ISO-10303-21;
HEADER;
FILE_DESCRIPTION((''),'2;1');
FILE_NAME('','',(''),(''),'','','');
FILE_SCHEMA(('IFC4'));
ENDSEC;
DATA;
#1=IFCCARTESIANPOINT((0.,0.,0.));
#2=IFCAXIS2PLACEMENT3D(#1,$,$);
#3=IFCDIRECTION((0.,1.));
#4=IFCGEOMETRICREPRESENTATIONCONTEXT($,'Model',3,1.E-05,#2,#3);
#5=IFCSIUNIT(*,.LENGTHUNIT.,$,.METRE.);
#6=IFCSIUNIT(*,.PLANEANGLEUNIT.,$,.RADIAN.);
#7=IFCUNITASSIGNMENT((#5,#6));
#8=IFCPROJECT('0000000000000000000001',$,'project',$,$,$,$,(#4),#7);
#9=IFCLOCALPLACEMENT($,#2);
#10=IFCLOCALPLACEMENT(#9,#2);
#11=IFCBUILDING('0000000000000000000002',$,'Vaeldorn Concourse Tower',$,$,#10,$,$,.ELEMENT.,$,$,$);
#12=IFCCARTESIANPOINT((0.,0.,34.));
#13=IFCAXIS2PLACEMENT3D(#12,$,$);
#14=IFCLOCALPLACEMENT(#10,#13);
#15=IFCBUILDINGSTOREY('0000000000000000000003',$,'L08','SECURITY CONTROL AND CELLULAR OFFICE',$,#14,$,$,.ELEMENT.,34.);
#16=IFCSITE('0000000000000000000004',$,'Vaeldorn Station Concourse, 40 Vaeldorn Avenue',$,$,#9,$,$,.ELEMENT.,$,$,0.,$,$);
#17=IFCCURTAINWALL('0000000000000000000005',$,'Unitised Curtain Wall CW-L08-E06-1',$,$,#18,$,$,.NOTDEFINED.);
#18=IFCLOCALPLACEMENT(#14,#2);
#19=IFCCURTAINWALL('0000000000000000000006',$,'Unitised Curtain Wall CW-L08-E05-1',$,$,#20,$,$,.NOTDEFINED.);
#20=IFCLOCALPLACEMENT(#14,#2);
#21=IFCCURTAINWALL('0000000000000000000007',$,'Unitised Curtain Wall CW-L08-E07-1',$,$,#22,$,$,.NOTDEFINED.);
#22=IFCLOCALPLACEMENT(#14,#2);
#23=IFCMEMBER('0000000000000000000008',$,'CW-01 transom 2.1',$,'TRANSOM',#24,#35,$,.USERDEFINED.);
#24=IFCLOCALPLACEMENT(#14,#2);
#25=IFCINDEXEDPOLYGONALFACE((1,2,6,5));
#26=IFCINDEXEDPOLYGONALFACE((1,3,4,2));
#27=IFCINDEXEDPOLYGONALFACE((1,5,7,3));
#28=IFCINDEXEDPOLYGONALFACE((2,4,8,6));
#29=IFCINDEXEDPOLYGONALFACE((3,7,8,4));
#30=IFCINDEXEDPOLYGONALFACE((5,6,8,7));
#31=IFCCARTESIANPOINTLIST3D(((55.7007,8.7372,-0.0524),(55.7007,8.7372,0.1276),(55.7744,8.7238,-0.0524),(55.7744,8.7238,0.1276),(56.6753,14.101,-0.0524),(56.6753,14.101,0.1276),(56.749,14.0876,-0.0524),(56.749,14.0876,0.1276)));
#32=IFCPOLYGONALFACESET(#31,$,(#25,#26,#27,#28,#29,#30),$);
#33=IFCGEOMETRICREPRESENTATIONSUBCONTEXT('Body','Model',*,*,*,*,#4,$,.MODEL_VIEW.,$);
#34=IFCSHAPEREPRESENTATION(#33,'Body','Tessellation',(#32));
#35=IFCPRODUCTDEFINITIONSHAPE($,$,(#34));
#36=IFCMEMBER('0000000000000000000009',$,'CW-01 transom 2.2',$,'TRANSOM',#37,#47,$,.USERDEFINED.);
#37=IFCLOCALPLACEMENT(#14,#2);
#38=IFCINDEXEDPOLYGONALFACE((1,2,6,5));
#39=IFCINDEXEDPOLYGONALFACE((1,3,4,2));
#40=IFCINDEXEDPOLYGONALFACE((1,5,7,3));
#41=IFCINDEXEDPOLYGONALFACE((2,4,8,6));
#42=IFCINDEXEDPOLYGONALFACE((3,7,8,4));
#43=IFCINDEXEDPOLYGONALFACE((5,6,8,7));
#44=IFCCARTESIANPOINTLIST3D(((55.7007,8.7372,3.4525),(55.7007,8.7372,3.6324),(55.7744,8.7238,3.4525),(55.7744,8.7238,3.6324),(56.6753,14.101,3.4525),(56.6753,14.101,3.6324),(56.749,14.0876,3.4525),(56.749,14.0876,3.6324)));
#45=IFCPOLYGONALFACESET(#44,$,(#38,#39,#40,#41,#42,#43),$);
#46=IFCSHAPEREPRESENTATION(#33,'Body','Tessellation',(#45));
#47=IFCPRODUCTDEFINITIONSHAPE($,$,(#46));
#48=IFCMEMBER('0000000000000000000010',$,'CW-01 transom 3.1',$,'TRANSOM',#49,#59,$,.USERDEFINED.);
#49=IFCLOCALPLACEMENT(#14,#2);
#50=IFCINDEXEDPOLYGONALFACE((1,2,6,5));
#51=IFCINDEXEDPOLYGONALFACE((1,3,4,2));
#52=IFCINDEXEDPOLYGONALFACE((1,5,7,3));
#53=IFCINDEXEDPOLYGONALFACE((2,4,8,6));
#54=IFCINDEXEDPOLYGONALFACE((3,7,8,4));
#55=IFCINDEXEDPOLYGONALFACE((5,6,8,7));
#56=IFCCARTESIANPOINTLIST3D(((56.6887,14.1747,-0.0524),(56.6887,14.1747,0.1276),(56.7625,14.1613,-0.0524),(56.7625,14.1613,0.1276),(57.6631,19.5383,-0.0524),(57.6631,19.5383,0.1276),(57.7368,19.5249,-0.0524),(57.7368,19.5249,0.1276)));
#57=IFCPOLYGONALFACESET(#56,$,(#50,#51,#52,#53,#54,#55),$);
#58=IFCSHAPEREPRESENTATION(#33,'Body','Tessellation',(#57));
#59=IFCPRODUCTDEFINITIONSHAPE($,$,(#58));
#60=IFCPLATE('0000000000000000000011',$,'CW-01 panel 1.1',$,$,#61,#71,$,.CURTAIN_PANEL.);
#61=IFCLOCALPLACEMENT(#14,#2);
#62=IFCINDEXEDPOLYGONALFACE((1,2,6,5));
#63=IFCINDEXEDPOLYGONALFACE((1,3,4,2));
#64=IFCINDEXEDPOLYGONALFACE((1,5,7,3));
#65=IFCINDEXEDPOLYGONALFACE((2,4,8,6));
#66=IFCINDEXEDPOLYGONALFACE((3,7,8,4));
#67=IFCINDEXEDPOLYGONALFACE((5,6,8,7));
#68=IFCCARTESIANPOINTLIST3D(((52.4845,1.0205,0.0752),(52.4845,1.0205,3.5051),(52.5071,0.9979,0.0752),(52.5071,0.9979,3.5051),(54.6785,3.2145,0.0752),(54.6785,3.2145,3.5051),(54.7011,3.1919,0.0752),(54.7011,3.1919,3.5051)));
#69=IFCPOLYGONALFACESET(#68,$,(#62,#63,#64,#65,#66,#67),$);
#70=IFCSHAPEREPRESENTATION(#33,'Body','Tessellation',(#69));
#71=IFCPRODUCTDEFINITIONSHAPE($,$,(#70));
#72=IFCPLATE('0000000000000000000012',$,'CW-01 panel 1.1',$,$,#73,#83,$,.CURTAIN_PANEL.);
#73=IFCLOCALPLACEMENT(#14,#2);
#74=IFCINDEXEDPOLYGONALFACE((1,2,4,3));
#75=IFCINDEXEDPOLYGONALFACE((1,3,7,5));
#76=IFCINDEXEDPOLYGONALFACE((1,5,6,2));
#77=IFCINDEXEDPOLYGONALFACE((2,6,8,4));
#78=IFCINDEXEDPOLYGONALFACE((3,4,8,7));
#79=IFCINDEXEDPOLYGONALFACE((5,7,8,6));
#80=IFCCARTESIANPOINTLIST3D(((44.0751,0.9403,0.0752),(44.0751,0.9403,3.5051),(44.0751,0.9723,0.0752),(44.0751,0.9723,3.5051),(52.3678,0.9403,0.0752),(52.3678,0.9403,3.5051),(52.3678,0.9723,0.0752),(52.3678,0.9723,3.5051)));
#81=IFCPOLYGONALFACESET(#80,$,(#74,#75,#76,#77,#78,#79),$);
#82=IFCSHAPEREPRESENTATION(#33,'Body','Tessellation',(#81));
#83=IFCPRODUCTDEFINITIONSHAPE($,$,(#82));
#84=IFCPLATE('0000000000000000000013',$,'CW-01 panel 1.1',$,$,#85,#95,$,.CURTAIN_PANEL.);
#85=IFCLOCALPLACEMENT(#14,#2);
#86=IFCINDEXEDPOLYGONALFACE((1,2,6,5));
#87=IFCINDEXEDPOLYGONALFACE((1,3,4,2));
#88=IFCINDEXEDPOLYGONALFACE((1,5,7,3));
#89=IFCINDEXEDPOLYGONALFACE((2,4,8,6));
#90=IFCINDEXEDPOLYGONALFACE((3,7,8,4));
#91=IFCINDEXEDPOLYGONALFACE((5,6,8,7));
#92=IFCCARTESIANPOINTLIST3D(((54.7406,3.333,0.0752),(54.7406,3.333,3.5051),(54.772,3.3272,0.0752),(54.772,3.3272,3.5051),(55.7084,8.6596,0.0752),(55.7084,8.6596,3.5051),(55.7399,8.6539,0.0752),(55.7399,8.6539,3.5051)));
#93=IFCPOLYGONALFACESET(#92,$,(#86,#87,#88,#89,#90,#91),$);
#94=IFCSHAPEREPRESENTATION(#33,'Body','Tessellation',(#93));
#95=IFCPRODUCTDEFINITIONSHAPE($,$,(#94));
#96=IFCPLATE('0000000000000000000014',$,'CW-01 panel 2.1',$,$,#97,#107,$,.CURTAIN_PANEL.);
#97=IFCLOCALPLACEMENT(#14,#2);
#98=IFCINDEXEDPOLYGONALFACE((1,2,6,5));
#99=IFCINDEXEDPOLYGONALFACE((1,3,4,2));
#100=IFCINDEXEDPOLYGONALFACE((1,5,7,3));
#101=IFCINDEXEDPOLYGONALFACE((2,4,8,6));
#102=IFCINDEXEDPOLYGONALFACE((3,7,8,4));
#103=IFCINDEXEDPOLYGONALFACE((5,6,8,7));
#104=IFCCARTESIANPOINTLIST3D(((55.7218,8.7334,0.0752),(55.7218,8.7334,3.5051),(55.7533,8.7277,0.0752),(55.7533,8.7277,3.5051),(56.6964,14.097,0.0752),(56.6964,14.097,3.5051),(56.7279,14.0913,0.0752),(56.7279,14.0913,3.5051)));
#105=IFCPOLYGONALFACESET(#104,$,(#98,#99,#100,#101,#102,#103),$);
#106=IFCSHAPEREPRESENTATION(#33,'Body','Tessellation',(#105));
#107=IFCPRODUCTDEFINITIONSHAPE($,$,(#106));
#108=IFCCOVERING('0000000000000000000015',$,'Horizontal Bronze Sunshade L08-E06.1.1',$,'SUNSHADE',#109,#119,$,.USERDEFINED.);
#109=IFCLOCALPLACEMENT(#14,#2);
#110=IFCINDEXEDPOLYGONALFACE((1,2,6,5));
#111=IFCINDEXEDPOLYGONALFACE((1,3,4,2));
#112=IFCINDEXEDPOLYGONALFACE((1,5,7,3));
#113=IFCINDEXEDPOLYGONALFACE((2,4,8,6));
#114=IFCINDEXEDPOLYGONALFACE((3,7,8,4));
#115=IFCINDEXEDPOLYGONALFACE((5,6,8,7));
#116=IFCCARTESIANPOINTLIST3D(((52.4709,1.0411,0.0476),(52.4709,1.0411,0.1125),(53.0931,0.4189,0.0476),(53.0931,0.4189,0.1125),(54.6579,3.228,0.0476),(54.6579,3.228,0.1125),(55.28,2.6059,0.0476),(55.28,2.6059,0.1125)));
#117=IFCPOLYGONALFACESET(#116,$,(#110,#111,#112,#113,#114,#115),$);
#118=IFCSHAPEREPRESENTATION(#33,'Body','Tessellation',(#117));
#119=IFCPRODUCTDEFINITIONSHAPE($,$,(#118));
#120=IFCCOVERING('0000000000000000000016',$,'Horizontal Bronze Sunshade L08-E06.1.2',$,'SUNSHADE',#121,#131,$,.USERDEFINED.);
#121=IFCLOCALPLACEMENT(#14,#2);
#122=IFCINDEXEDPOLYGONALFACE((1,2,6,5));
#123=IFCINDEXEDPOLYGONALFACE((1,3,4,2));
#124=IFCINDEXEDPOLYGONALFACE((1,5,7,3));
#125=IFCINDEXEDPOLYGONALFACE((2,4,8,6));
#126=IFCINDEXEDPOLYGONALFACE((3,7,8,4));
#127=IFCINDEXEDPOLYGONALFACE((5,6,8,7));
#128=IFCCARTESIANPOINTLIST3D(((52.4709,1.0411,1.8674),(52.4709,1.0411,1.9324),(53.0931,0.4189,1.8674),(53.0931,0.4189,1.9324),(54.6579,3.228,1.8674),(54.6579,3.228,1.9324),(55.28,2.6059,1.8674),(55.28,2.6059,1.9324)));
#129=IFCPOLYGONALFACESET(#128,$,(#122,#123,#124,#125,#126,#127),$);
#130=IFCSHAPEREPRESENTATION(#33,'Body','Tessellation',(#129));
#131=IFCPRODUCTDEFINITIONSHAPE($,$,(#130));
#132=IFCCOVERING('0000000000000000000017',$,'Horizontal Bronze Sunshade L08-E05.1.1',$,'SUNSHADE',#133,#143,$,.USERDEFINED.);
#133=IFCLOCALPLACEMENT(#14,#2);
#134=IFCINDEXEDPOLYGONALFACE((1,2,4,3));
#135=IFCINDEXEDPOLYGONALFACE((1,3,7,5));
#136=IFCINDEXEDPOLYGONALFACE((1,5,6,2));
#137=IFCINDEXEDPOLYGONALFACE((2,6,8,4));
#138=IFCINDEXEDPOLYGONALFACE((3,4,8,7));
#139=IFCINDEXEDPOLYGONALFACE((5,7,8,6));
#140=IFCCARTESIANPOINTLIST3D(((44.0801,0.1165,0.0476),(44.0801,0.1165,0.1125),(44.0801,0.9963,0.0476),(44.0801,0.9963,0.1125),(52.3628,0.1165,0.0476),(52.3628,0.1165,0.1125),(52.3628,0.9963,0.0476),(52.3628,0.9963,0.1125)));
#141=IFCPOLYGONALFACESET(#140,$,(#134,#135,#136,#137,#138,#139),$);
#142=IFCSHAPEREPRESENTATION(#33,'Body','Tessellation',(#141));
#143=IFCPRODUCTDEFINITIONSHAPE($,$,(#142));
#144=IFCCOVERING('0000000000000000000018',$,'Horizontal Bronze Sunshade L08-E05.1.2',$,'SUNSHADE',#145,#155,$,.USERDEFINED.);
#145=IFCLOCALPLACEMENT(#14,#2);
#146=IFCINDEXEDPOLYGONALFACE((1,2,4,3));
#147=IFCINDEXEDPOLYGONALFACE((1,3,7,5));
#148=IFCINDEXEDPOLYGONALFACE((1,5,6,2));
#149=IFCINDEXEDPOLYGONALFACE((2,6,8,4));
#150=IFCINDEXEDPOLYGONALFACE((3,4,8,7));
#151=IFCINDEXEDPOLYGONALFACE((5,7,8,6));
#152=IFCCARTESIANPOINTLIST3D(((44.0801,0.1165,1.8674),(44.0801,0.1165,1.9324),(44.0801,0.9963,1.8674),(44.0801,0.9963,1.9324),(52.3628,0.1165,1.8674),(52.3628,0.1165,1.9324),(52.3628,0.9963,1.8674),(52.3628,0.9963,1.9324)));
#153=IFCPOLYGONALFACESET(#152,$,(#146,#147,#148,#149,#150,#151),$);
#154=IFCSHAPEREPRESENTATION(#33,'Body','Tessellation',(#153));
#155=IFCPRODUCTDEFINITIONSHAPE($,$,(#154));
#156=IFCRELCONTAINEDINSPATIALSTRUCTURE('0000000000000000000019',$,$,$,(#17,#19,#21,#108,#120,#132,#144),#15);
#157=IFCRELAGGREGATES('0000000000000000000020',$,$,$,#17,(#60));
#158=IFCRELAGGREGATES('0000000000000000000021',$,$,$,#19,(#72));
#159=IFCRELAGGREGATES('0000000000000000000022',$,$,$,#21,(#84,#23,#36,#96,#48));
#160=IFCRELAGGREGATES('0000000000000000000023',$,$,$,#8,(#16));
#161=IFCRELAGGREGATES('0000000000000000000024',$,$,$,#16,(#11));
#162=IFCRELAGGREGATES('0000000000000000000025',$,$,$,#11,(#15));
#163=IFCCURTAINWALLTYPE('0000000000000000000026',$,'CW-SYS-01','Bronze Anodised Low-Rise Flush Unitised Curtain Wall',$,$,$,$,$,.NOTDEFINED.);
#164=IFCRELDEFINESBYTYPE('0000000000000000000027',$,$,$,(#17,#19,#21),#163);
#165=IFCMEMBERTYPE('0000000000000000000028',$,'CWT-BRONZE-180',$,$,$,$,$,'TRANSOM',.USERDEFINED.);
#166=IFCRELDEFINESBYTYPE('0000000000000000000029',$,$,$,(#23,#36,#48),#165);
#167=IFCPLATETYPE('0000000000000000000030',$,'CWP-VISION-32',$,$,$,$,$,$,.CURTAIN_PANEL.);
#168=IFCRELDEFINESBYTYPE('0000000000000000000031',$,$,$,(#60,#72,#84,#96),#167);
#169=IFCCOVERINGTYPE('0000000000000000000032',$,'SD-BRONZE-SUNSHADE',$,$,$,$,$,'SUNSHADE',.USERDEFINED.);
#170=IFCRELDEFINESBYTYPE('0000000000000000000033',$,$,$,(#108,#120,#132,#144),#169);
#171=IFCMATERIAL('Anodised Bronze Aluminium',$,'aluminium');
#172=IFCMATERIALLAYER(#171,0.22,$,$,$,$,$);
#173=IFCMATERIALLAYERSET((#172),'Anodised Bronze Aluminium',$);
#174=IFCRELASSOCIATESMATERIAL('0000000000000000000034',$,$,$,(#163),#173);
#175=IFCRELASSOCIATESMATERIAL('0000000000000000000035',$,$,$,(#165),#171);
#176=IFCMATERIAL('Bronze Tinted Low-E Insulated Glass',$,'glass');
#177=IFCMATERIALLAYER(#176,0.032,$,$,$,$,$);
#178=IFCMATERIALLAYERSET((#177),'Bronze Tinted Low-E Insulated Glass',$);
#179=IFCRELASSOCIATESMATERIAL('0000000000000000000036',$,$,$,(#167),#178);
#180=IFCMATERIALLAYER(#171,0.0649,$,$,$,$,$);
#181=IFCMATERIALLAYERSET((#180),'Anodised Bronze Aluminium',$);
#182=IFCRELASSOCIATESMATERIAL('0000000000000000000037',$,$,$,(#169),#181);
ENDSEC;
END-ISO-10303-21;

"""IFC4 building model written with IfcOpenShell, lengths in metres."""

from ifc_helpers import new_model, si_unit, direction, frame, origin, origin_2d, place, context, subcontext, project, spatial, rectangle, extrude, source, transform, mapped, material, layer, layer_set, material_profile, profile_set, type_object, element, aggregate, save


model = new_model("IFC4")

# Units and contexts
model_context = context("Model", 3, precision=1e-05, world=origin(), true_north=direction((0.0, 1.0)))
body_context = subcontext(model_context, "Body", "Model", "MODEL_VIEW")
ifc_project = project(units=[si_unit("LENGTHUNIT", "METRE"), si_unit("PLANEANGLEUNIT", "RADIAN")], contexts=[model_context])

# Site, building, storey
site_placement = place(None, origin())
site = spatial("IfcSite", under=ifc_project, at=site_placement, Name="Vaeldorn Station Concourse, 40 Vaeldorn Avenue", CompositionType="ELEMENT", RefElevation=0.0)
building_placement = place(site_placement, origin())
building = spatial("IfcBuilding", under=site, at=building_placement, Name="Vaeldorn Concourse Tower", CompositionType="ELEMENT")
storey_placement = place(building_placement, frame((0.0, 0.0, 34.0)))
storey = spatial("IfcBuildingStorey", under=building, at=storey_placement, Name="L08", Description="SECURITY CONTROL AND CELLULAR OFFICE", CompositionType="ELEMENT", Elevation=34.0)

# Curtain wall
ifc_material_1 = material(Name="Anodised Bronze Aluminium", Category="aluminium")
ifc_layer_1 = layer(ifc_material_1, 0.22)
ifc_layer_set_1 = layer_set([ifc_layer_1], Name="Anodised Bronze Aluminium")
curtain_wall_type = type_object("IfcCurtainWallType", Name="CW-SYS-01", Description="Bronze Anodised Low-Rise Flush Unitised Curtain Wall", PredefinedType="NOTDEFINED", material=ifc_layer_set_1)
curtain_wall_1_placement = place(storey_placement, origin())
curtain_wall_1 = element("IfcCurtainWall", 1, at=curtain_wall_1_placement, inside=storey, type_object=curtain_wall_type, Name="Unitised Curtain Wall CW-L08-E06-1", PredefinedType="NOTDEFINED")
ifc_material_profile_1 = material_profile(ifc_material_1, rectangle(XDim=0.075, YDim=0.1799, at=origin_2d()), Name="CWT 75x180")
ifc_profile_set_1 = profile_set([ifc_material_profile_1], Name="Anodised Bronze Aluminium")
member_type_1 = type_object("IfcMemberType", Name="CWT-BRONZE-180", ElementType="TRANSOM", PredefinedType="USERDEFINED", material=ifc_profile_set_1)

# Curtain wall
curtain_wall_2_placement = place(storey_placement, origin())
curtain_wall_2 = element("IfcCurtainWall", 2, at=curtain_wall_2_placement, inside=storey, type_object=curtain_wall_type, Name="Unitised Curtain Wall CW-L08-E05-1", PredefinedType="NOTDEFINED")

# Curtain wall, members
curtain_wall_3_placement = place(storey_placement, origin())
curtain_wall_3 = element("IfcCurtainWall", 3, at=curtain_wall_3_placement, inside=storey, type_object=curtain_wall_type, Name="Unitised Curtain Wall CW-L08-E07-1", PredefinedType="NOTDEFINED")
shared_shape_1 = source(origin(), body_context, "Body", "SweptSolid", [
    extrude(rectangle(XDim=0.075, YDim=0.1799, at=origin_2d()), origin(), (0.0, 0.0, 1.0), 5.4517),
])
member_1_placement = place(storey_placement, frame((55.7375, 8.7305, 0.0376), z_axis=(0.178775, 0.98389, 0.0), x_axis=(-0.98389, 0.178775, 0.0)))
member_1 = element("IfcMember", 4, at=member_1_placement, type_object=member_type_1, Name="CW-01 transom 2.1", ObjectType="TRANSOM", PredefinedType="USERDEFINED", context=body_context, shape_type="MappedRepresentation", body=[
    mapped(shared_shape_1, transform((0.0, 0.0, 0.0), scale=1.0)),
])
member_2_placement = place(storey_placement, frame((55.7375, 8.7305, 3.5425), z_axis=(0.178775, 0.98389, 0.0), x_axis=(-0.98389, 0.178775, 0.0)))
member_2 = element("IfcMember", 5, at=member_2_placement, type_object=member_type_1, Name="CW-01 transom 2.2", ObjectType="TRANSOM", PredefinedType="USERDEFINED", context=body_context, shape_type="MappedRepresentation", body=[
    mapped(shared_shape_1, transform((0.0, 0.0, 0.0), scale=1.0)),
])
shared_shape_2 = source(origin(), body_context, "Body", "SweptSolid", [
    extrude(rectangle(XDim=0.075, YDim=0.1799, at=origin_2d()), origin(), (0.0, 0.0, 1.0), 5.4514),
])
member_3_placement = place(storey_placement, frame((56.7256, 14.168, 0.0376), z_axis=(0.17874, 0.983896, 0.0), x_axis=(-0.983896, 0.17874, 0.0)))
member_3 = element("IfcMember", 6, at=member_3_placement, type_object=member_type_1, Name="CW-01 transom 3.1", ObjectType="TRANSOM", PredefinedType="USERDEFINED", context=body_context, shape_type="MappedRepresentation", body=[
    mapped(shared_shape_2, transform((0.0, 0.0, 0.0), scale=1.0)),
])

# Plates
ifc_material_2 = material(Name="Bronze Tinted Low-E Insulated Glass", Category="glass")
ifc_layer_2 = layer(ifc_material_2, 0.032)
ifc_layer_set_2 = layer_set([ifc_layer_2], Name="Bronze Tinted Low-E Insulated Glass")
plate_type = type_object("IfcPlateType", Name="CWP-VISION-32", PredefinedType="CURTAIN_PANEL", material=ifc_layer_set_2)
shared_shape_3 = source(origin(), body_context, "Body", "SweptSolid", [
    extrude(rectangle(XDim=3.1028, YDim=0.032, at=origin_2d()), origin(), (0.0, 0.0, 1.0), 3.4299),
])
plate_1_placement = place(storey_placement, frame((53.5928, 2.1062, 0.0752), z_axis=(0.0, 0.0, 1.0), x_axis=(0.707107, 0.707107, 0.0)))
plate_1 = element("IfcPlate", 7, at=plate_1_placement, type_object=plate_type, Name="CW-01 panel 1.1", PredefinedType="CURTAIN_PANEL", context=body_context, shape_type="MappedRepresentation", body=[
    mapped(shared_shape_3, transform((0.0, 0.0, 0.0), scale=1.0)),
])
aggregate(curtain_wall_1, [plate_1])
shared_shape_4 = source(origin(), body_context, "Body", "SweptSolid", [
    extrude(rectangle(XDim=8.2927, YDim=0.032, at=origin_2d()), origin(), (0.0, 0.0, 1.0), 3.4299),
])
plate_2_placement = place(storey_placement, frame((48.2214, 0.9563, 0.0752), z_axis=(0.0, 0.0, 1.0), x_axis=(1.0, 0.0, 0.0)))
plate_2 = element("IfcPlate", 8, at=plate_2_placement, type_object=plate_type, Name="CW-01 panel 1.1", PredefinedType="CURTAIN_PANEL", context=body_context, shape_type="MappedRepresentation", body=[
    mapped(shared_shape_4, transform((0.0, 0.0, 0.0), scale=1.0)),
])
aggregate(curtain_wall_2, [plate_2])
shared_shape_5 = source(origin(), body_context, "Body", "SweptSolid", [
    extrude(rectangle(XDim=5.4138, YDim=0.032, at=origin_2d()), origin(), (0.0, 0.0, 1.0), 3.4299),
])
plate_3_placement = place(storey_placement, frame((55.2402, 5.9934, 0.0752), z_axis=(0.0, 0.0, 1.0), x_axis=(0.178775, 0.98389, 0.0)))
plate_3 = element("IfcPlate", 9, at=plate_3_placement, type_object=plate_type, Name="CW-01 panel 1.1", PredefinedType="CURTAIN_PANEL", context=body_context, shape_type="MappedRepresentation", body=[
    mapped(shared_shape_5, transform((0.0, 0.0, 0.0), scale=1.0)),
])
shared_shape_6 = source(origin(), body_context, "Body", "SweptSolid", [
    extrude(rectangle(XDim=5.4514, YDim=0.032, at=origin_2d()), origin(), (0.0, 0.0, 1.0), 3.4299),
])
plate_4_placement = place(storey_placement, frame((56.2249, 11.4124, 0.0752), z_axis=(0.0, 0.0, 1.0), x_axis=(0.178775, 0.98389, 0.0)))
plate_4 = element("IfcPlate", 10, at=plate_4_placement, type_object=plate_type, Name="CW-01 panel 2.1", PredefinedType="CURTAIN_PANEL", context=body_context, shape_type="MappedRepresentation", body=[
    mapped(shared_shape_6, transform((0.0, 0.0, 0.0), scale=1.0)),
])
aggregate(curtain_wall_3, [plate_3, member_1, member_2, plate_4, member_3])

# Coverings
ifc_layer_3 = layer(ifc_material_1, 0.0649)
ifc_layer_set_3 = layer_set([ifc_layer_3], Name="Anodised Bronze Aluminium")
covering_type = type_object("IfcCoveringType", Name="SD-BRONZE-SUNSHADE", ElementType="SUNSHADE", PredefinedType="USERDEFINED", material=ifc_layer_set_3)
shared_shape_7 = source(origin(), body_context, "Body", "SweptSolid", [
    extrude(rectangle(XDim=3.0928, YDim=0.8799, at=origin_2d()), origin(), (0.0, 0.0, 1.0), 0.0649),
])
for number, where, z_axis, x_axis, name in (
    (11, (53.8755, 1.8235, 0.0476), (0.0, 0.0, 1.0), (0.707107, 0.707107, 0.0), "Horizontal Bronze Sunshade L08-E06.1.1"),
    (12, (53.8755, 1.8235, 1.8674), (0.0, 0.0, 1.0), (0.707107, 0.707107, 0.0), "Horizontal Bronze Sunshade L08-E06.1.2"),
):
    element("IfcCovering", number, at=place(storey_placement, frame(where, z_axis=z_axis, x_axis=x_axis)), inside=storey, type_object=covering_type, Name=name, ObjectType="SUNSHADE", PredefinedType="USERDEFINED", context=body_context, shape_type="MappedRepresentation", body=[
        mapped(shared_shape_7, transform((0.0, 0.0, 0.0), scale=1.0)),
    ])
shared_shape_8 = source(origin(), body_context, "Body", "SweptSolid", [
    extrude(rectangle(XDim=8.2827, YDim=0.8799, at=origin_2d()), origin(), (0.0, 0.0, 1.0), 0.0649),
])
for number, where, z_axis, x_axis, name in (
    (13, (48.2214, 0.5564, 0.0476), (0.0, 0.0, 1.0), (1.0, 0.0, 0.0), "Horizontal Bronze Sunshade L08-E05.1.1"),
    (14, (48.2214, 0.5564, 1.8674), (0.0, 0.0, 1.0), (1.0, 0.0, 0.0), "Horizontal Bronze Sunshade L08-E05.1.2"),
):
    element("IfcCovering", number, at=place(storey_placement, frame(where, z_axis=z_axis, x_axis=x_axis)), inside=storey, type_object=covering_type, Name=name, ObjectType="SUNSHADE", PredefinedType="USERDEFINED", context=body_context, shape_type="MappedRepresentation", body=[
        mapped(shared_shape_8, transform((0.0, 0.0, 0.0), scale=1.0)),
    ])

save(model, "model.ifc")
